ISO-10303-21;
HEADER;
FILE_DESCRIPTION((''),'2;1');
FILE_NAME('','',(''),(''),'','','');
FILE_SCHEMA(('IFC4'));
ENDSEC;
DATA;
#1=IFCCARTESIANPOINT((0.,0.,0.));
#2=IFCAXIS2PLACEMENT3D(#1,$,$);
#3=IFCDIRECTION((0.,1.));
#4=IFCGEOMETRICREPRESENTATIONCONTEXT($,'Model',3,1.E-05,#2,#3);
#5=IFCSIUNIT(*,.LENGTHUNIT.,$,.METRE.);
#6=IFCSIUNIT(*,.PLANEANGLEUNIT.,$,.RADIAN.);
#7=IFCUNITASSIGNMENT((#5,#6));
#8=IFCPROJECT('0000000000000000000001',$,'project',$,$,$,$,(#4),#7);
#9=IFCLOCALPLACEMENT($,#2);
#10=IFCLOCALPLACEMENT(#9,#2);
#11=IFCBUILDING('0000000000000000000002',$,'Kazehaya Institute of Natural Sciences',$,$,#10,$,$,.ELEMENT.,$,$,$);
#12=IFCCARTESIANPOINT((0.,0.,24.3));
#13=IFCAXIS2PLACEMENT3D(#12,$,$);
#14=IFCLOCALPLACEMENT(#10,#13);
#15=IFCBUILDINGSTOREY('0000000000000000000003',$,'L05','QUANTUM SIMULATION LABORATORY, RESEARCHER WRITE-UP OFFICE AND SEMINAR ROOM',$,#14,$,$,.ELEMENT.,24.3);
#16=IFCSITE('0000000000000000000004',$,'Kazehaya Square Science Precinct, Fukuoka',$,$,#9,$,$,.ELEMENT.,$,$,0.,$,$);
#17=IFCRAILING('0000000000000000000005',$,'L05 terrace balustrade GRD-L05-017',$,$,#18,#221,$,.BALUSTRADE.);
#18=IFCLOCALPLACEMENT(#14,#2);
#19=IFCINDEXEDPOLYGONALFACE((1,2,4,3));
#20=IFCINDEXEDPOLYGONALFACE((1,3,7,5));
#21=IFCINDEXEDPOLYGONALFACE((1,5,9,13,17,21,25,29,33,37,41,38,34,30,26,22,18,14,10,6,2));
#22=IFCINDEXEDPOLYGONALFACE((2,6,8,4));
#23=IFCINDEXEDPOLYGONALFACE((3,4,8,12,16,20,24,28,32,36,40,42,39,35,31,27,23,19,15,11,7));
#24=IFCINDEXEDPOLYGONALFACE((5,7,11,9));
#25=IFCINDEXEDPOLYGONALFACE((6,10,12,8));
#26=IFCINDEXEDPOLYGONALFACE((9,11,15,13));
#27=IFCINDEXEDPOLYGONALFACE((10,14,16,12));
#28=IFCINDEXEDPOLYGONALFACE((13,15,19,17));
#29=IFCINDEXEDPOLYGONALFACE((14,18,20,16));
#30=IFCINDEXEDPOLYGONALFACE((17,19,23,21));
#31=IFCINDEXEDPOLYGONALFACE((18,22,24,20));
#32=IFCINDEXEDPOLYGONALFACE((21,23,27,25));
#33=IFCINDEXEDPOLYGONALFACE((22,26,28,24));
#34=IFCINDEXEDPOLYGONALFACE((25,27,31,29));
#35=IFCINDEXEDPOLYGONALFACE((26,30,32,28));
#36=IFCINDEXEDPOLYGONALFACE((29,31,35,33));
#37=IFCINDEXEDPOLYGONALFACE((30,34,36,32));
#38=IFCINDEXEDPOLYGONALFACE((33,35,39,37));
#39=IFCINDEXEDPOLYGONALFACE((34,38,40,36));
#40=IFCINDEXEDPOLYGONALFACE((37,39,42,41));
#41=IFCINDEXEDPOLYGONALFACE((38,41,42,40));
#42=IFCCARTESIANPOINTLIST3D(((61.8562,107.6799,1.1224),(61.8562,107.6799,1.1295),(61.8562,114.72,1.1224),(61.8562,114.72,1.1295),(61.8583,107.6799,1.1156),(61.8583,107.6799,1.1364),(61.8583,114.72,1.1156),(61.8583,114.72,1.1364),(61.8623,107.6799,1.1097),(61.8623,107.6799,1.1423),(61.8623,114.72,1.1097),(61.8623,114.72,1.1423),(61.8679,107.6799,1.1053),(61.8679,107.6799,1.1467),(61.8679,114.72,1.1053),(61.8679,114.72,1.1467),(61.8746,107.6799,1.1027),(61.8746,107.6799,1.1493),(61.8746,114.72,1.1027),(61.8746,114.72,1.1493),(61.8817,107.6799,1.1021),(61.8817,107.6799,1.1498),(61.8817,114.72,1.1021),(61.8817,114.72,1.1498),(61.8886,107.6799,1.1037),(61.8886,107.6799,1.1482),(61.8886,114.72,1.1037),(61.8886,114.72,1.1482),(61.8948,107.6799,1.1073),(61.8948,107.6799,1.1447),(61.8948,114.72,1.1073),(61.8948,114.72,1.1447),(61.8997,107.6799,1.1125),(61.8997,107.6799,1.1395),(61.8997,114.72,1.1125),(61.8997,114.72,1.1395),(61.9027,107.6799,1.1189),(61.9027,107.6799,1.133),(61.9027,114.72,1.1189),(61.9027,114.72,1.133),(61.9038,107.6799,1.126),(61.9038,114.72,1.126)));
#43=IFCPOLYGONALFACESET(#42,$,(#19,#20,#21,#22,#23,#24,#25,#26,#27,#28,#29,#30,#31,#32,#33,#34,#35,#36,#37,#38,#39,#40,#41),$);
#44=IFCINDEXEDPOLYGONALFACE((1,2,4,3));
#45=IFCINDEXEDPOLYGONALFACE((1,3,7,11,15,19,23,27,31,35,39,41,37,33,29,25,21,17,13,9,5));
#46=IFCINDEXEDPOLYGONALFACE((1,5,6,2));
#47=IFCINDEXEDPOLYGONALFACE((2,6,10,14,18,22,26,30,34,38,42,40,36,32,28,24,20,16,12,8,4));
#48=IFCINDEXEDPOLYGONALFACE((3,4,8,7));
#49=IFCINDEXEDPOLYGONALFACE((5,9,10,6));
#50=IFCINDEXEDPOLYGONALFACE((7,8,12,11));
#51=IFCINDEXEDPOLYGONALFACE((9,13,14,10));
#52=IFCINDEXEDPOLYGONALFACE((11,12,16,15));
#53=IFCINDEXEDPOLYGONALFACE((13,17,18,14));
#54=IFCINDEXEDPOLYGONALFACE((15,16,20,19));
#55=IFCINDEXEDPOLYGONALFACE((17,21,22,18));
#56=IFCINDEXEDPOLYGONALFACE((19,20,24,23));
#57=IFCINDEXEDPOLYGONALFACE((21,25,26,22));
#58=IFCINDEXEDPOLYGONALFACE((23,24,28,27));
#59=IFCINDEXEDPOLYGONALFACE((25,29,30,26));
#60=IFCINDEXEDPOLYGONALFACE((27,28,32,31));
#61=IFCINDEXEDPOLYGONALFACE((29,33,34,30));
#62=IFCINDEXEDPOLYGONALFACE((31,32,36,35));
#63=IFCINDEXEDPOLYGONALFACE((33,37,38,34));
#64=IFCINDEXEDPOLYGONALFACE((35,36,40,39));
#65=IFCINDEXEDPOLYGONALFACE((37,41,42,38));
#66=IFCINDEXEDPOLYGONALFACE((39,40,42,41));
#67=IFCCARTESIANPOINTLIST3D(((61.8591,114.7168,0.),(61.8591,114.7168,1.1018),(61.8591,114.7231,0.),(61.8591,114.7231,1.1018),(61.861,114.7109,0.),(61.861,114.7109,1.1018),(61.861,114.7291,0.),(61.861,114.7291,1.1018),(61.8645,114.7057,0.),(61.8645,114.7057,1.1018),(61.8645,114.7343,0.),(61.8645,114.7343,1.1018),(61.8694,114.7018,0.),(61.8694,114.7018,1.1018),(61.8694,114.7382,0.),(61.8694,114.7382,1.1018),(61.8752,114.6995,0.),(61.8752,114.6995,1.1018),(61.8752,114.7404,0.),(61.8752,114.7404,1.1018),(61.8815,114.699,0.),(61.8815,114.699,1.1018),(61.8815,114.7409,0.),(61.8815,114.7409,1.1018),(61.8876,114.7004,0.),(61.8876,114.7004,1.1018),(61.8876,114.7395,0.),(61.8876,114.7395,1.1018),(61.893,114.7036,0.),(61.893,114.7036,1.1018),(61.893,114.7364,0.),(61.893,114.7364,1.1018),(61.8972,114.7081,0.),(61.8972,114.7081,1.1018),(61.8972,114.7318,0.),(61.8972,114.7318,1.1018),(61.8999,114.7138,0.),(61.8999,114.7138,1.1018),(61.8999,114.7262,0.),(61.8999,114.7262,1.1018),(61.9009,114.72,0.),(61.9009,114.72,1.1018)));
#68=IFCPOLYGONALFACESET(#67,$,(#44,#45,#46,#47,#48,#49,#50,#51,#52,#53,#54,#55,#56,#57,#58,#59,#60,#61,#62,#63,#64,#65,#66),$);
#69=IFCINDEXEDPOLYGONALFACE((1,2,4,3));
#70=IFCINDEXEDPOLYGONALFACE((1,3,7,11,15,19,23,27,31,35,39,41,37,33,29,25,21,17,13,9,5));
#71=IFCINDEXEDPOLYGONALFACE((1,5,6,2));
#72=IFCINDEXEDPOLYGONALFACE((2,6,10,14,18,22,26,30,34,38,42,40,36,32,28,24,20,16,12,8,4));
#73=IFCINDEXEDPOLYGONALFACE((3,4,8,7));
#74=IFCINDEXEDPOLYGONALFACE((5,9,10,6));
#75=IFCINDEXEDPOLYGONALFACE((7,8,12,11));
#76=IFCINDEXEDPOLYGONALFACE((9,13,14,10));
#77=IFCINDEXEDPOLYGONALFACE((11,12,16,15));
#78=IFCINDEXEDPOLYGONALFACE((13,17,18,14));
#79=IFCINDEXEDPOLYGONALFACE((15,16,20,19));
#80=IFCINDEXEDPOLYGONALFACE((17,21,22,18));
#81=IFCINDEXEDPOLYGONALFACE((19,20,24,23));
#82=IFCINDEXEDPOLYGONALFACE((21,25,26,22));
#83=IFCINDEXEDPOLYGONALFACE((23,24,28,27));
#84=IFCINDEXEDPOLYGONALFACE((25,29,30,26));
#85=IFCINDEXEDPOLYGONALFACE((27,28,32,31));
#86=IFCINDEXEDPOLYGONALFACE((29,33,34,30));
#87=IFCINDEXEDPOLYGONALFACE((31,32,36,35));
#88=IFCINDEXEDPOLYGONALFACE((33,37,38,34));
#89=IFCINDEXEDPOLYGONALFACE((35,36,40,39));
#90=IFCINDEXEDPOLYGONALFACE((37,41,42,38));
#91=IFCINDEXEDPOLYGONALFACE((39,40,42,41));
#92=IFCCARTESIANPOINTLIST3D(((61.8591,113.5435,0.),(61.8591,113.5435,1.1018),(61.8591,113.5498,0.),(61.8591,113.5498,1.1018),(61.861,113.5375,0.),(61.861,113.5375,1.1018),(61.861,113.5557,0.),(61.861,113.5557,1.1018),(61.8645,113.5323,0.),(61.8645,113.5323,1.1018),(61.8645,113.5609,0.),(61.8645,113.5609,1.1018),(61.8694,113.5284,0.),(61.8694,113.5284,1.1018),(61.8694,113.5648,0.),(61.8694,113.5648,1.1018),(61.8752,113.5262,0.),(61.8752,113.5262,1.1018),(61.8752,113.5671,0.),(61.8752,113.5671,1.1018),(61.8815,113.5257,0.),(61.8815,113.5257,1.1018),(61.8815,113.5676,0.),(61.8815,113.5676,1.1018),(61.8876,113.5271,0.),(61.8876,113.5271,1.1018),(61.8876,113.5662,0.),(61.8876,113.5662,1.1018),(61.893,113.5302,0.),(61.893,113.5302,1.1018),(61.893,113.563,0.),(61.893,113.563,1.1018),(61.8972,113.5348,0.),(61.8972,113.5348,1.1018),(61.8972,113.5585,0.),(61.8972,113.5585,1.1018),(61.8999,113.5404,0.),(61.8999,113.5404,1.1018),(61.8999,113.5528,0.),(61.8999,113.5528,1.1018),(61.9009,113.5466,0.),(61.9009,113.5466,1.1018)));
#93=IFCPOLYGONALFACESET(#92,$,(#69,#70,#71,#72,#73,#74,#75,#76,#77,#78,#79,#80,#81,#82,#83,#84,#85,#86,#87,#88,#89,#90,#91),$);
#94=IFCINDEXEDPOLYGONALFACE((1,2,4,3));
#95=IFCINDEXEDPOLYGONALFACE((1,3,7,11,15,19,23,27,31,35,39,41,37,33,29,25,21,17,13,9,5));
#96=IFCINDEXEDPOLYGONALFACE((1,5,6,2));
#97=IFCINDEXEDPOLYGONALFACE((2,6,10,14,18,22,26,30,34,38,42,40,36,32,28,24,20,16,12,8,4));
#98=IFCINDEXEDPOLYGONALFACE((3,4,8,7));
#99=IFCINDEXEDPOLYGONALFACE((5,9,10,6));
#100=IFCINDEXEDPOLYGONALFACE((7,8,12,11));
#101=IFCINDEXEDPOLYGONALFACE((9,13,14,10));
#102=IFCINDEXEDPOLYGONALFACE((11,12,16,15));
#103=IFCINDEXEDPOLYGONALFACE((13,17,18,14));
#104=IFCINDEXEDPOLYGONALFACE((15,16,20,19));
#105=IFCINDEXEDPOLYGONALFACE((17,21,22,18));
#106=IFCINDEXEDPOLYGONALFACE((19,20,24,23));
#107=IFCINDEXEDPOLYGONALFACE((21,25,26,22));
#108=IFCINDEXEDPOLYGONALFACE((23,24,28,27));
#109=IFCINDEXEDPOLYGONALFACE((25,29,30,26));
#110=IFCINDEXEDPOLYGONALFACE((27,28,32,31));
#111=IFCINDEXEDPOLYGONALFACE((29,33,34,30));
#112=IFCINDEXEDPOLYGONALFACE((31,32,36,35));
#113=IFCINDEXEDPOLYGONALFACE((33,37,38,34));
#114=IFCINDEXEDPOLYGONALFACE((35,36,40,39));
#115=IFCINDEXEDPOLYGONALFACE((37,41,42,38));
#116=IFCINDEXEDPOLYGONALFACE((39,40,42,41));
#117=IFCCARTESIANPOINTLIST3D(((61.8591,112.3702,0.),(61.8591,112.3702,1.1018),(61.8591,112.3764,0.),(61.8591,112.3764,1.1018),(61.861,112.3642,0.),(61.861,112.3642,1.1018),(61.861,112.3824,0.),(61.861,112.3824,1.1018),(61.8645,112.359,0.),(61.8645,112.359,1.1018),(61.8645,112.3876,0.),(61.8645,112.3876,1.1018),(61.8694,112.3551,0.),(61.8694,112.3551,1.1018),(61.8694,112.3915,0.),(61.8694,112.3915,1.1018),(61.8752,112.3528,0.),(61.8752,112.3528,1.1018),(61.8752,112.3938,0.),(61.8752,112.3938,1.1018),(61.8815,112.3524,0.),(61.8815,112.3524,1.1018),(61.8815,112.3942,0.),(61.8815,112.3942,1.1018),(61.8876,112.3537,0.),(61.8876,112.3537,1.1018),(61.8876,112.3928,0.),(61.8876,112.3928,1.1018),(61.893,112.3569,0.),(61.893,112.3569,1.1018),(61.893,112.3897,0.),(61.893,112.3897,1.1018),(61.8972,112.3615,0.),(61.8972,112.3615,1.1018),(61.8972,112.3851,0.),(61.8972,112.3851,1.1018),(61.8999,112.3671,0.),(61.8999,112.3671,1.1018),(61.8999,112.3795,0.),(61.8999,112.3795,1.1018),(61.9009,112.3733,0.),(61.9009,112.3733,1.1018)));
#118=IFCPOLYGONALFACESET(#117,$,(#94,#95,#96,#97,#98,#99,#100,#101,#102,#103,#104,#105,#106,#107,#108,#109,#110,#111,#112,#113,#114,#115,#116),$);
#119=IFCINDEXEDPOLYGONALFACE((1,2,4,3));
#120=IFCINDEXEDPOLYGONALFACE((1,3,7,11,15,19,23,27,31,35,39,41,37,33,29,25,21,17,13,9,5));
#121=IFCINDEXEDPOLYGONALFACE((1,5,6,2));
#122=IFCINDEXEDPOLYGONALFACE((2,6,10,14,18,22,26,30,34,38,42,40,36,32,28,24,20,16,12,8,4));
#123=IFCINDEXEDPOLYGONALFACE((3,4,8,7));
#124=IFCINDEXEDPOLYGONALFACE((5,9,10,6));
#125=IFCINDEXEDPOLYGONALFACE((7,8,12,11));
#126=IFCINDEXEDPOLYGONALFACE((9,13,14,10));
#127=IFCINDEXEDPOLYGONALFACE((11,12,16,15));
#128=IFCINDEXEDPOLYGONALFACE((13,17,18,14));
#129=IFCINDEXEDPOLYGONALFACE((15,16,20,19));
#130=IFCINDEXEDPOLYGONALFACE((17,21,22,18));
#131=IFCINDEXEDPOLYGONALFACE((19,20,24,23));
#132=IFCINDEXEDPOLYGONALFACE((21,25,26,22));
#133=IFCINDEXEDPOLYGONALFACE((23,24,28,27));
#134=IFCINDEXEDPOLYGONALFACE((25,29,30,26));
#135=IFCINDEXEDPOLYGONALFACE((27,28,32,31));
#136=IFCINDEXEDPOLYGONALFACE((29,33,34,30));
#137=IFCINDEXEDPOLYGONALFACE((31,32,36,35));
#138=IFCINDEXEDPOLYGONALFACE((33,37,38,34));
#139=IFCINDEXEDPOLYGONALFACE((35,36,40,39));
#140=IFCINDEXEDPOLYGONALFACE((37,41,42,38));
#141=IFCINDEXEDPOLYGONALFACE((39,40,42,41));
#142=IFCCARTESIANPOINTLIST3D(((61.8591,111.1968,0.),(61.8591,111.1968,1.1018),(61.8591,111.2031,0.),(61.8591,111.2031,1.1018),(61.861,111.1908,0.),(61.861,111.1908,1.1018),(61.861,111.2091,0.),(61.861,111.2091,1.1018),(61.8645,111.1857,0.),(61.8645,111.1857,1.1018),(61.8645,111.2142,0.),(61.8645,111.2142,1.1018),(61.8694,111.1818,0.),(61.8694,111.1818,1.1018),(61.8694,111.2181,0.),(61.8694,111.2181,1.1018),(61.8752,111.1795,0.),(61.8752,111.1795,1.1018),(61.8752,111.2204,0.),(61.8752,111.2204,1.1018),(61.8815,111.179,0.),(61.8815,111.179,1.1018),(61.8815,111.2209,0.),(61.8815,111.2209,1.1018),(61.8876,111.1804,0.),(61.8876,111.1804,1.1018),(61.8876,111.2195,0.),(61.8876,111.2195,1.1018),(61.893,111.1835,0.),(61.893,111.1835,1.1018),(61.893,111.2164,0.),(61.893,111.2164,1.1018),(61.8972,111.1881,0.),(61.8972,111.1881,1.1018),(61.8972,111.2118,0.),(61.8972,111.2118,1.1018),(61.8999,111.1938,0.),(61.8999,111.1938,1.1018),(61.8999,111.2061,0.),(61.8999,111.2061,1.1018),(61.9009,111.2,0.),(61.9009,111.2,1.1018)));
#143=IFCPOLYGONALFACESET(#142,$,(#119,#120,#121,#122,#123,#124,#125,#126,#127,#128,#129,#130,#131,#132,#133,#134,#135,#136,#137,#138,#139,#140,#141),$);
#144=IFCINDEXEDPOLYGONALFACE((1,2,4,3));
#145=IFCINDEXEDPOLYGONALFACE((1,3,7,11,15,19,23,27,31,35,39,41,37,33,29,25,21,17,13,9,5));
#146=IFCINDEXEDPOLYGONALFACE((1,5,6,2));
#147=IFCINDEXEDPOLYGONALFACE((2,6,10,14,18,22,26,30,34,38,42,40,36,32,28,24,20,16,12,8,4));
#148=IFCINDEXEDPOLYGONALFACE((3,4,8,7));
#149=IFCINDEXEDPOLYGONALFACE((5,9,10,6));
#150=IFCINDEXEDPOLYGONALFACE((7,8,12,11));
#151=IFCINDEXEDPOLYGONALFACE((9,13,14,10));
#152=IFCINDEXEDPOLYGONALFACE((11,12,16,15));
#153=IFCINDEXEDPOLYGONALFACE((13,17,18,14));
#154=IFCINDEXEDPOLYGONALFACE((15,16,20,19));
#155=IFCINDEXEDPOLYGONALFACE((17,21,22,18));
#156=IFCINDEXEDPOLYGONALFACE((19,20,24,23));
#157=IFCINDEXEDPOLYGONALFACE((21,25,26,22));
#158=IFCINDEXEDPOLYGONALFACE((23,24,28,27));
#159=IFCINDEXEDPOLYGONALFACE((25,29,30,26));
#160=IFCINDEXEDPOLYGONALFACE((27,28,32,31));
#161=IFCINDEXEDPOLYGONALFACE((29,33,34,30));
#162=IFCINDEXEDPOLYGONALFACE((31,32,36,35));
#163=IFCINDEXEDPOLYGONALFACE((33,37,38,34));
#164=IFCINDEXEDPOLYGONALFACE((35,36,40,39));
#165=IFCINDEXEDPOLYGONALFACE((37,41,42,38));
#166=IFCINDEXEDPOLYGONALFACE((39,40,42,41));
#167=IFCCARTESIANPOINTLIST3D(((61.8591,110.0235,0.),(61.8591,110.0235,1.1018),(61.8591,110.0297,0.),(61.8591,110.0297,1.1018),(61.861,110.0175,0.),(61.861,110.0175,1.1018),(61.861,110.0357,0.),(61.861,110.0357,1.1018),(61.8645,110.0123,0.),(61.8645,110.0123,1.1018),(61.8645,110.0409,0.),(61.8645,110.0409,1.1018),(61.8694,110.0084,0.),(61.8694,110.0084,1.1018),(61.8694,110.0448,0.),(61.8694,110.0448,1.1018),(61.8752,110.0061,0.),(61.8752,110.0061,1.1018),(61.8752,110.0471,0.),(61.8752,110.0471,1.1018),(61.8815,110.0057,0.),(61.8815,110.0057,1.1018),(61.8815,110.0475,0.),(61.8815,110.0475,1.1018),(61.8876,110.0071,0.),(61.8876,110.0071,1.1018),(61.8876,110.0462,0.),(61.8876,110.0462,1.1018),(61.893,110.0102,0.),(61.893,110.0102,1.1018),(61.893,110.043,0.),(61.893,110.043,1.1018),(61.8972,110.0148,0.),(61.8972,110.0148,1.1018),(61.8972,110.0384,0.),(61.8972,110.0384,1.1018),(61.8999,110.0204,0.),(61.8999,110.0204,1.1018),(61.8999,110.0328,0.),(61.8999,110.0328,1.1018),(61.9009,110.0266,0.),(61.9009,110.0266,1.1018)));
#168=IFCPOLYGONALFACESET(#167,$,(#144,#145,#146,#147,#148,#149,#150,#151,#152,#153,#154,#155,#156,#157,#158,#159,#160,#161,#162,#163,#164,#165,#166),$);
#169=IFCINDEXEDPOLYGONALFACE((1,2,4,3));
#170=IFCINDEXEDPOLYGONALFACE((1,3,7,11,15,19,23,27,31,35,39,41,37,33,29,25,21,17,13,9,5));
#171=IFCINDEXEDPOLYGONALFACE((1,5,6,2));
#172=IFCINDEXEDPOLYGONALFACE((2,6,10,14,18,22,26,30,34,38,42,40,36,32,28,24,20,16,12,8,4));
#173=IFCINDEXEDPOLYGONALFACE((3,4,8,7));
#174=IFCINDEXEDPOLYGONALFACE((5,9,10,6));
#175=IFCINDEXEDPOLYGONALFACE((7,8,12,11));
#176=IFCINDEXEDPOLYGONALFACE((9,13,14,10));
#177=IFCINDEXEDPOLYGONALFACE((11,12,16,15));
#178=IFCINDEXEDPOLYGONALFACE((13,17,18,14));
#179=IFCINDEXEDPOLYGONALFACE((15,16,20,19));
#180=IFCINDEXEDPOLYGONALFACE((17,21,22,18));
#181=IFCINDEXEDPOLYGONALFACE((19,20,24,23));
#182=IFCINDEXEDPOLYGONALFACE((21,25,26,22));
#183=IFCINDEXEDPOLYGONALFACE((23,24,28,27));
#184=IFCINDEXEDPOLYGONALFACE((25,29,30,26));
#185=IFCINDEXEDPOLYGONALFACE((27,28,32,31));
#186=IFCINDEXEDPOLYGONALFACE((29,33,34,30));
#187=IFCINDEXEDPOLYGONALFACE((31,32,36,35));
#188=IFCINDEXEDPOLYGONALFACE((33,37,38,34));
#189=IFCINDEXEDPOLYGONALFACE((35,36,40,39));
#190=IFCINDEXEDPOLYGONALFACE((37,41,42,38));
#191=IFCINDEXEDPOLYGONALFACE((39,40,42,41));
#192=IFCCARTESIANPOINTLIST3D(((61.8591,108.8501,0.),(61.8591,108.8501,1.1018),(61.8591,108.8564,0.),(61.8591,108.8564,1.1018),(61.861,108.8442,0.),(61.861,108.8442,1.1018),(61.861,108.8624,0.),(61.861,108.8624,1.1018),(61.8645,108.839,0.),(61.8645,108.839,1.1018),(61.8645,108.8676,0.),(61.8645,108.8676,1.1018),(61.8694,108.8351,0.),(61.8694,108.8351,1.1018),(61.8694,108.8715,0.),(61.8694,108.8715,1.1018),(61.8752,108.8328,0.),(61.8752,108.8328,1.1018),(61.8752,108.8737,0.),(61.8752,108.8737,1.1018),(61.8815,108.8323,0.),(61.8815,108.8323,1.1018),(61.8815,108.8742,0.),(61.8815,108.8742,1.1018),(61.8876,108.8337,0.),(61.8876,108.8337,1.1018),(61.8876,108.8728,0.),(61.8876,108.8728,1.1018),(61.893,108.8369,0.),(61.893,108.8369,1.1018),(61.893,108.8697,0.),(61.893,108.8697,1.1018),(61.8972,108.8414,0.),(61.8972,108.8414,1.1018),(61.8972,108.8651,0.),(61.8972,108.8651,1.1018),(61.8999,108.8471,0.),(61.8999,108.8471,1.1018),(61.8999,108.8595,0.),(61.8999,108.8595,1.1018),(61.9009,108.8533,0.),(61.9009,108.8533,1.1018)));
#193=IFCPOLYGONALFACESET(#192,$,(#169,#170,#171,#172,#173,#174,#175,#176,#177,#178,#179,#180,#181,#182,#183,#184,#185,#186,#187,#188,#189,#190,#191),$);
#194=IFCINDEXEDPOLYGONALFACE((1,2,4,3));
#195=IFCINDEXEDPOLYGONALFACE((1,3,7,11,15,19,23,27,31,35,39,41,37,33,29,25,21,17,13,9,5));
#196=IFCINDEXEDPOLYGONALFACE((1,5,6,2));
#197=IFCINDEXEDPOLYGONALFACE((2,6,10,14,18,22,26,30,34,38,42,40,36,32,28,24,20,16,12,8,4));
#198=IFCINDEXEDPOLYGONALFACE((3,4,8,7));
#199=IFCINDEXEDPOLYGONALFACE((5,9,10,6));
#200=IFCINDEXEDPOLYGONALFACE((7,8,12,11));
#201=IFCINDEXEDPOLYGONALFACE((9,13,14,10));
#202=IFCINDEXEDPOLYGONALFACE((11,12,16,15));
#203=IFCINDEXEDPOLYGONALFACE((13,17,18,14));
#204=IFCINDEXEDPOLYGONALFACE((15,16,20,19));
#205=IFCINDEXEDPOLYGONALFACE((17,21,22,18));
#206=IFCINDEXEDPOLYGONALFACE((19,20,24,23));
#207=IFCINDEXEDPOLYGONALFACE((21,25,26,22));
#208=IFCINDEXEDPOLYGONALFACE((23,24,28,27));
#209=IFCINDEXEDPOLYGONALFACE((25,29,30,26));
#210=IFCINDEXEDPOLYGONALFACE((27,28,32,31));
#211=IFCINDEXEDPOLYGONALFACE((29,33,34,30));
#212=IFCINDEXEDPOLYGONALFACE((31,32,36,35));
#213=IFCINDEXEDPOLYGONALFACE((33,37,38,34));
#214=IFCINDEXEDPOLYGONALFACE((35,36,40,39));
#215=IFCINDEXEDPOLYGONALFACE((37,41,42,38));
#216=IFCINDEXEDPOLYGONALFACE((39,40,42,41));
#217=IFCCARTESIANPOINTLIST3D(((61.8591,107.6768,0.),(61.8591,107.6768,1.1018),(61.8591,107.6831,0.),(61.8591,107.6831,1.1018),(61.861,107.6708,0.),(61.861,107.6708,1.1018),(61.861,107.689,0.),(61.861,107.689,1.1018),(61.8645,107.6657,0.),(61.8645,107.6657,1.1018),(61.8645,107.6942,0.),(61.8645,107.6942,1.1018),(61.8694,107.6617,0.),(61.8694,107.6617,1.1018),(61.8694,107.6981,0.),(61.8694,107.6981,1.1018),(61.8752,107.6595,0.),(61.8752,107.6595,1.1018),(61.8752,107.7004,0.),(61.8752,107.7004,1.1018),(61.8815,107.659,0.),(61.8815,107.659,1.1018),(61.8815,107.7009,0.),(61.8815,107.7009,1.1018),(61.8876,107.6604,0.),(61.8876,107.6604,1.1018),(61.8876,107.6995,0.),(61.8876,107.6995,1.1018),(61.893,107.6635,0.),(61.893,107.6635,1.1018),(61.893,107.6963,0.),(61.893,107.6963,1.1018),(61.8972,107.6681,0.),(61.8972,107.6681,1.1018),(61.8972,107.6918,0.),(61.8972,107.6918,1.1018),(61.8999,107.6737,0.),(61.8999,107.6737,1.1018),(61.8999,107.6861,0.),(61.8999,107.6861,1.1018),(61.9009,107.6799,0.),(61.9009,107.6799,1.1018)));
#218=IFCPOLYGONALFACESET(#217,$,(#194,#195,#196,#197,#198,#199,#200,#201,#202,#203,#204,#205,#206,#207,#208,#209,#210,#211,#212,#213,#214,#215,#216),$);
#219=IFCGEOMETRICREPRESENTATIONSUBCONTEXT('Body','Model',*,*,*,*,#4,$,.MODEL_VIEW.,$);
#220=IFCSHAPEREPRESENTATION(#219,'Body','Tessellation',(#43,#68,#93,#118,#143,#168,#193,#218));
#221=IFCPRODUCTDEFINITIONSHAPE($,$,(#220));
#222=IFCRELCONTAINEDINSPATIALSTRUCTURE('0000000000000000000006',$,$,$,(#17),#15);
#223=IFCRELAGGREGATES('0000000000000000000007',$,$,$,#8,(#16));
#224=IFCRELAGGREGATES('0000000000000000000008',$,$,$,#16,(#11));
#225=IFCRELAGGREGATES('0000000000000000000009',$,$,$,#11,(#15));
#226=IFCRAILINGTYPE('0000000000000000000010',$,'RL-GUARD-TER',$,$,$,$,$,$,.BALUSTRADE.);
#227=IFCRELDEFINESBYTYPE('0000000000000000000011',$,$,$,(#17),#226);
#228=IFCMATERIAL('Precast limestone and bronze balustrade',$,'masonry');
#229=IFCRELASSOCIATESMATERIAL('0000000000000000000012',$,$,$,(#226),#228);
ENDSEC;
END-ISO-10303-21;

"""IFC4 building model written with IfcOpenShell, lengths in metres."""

from ifc_helpers import new_model, si_unit, direction, frame, origin, origin_2d, place, context, subcontext, project, spatial, circle, extrude, material, type_object, element, save


model = new_model("IFC4")

# Units and contexts
model_context = context("Model", 3, precision=1e-05, world=origin(), true_north=direction((0.0, 1.0)))
body_context = subcontext(model_context, "Body", "Model", "MODEL_VIEW")
ifc_project = project(units=[si_unit("LENGTHUNIT", "METRE"), si_unit("PLANEANGLEUNIT", "RADIAN")], contexts=[model_context])

# Site, building, storey
site_placement = place(None, origin())
site = spatial("IfcSite", under=ifc_project, at=site_placement, Name="Kazehaya Square Science Precinct, Fukuoka", CompositionType="ELEMENT", RefElevation=0.0)
building_placement = place(site_placement, origin())
building = spatial("IfcBuilding", under=site, at=building_placement, Name="Kazehaya Institute of Natural Sciences", CompositionType="ELEMENT")
storey_placement = place(building_placement, frame((0.0, 0.0, 24.3)))
storey = spatial("IfcBuildingStorey", under=building, at=storey_placement, Name="L05", Description="QUANTUM SIMULATION LABORATORY, RESEARCHER WRITE-UP OFFICE AND SEMINAR ROOM", CompositionType="ELEMENT", Elevation=24.3)

# Railing
ifc_material_1 = material(Name="Precast limestone and bronze balustrade", Category="masonry")
railing_type = type_object("IfcRailingType", Name="RL-GUARD-TER", PredefinedType="BALUSTRADE", material=ifc_material_1)
railing_placement = place(storey_placement, frame((61.8799, 114.72, 0.0)))
element("IfcRailing", 1, at=railing_placement, inside=storey, type_object=railing_type, Name="L05 terrace balustrade GRD-L05-017", PredefinedType="BALUSTRADE", context=body_context, shape_type="SweptSolid", body=[
    extrude(circle(Radius=0.0239, at=origin_2d()), frame((0.0, 0.0, 1.126), z_axis=(0.0, -1.0, 0.0), x_axis=(1.0, 0.0, 0.0)), (0.0, 0.0, 1.0), 7.04),
    extrude(circle(Radius=0.021, at=origin_2d()), origin(), (0.0, 0.0, 1.0), 1.1018),
    extrude(circle(Radius=0.021, at=origin_2d()), frame((0.0, -1.1733, 0.0)), (0.0, 0.0, 1.0), 1.1018),
    extrude(circle(Radius=0.021, at=origin_2d()), frame((0.0, -2.3467, 0.0)), (0.0, 0.0, 1.0), 1.1018),
    extrude(circle(Radius=0.021, at=origin_2d()), frame((0.0, -3.52, 0.0)), (0.0, 0.0, 1.0), 1.1018),
    extrude(circle(Radius=0.021, at=origin_2d()), frame((0.0, -4.6934, 0.0)), (0.0, 0.0, 1.0), 1.1018),
    extrude(circle(Radius=0.021, at=origin_2d()), frame((0.0, -5.8667, 0.0)), (0.0, 0.0, 1.0), 1.1018),
    extrude(circle(Radius=0.021, at=origin_2d()), frame((0.0, -7.04, 0.0)), (0.0, 0.0, 1.0), 1.1018),
])

save(model, "model.ifc")
